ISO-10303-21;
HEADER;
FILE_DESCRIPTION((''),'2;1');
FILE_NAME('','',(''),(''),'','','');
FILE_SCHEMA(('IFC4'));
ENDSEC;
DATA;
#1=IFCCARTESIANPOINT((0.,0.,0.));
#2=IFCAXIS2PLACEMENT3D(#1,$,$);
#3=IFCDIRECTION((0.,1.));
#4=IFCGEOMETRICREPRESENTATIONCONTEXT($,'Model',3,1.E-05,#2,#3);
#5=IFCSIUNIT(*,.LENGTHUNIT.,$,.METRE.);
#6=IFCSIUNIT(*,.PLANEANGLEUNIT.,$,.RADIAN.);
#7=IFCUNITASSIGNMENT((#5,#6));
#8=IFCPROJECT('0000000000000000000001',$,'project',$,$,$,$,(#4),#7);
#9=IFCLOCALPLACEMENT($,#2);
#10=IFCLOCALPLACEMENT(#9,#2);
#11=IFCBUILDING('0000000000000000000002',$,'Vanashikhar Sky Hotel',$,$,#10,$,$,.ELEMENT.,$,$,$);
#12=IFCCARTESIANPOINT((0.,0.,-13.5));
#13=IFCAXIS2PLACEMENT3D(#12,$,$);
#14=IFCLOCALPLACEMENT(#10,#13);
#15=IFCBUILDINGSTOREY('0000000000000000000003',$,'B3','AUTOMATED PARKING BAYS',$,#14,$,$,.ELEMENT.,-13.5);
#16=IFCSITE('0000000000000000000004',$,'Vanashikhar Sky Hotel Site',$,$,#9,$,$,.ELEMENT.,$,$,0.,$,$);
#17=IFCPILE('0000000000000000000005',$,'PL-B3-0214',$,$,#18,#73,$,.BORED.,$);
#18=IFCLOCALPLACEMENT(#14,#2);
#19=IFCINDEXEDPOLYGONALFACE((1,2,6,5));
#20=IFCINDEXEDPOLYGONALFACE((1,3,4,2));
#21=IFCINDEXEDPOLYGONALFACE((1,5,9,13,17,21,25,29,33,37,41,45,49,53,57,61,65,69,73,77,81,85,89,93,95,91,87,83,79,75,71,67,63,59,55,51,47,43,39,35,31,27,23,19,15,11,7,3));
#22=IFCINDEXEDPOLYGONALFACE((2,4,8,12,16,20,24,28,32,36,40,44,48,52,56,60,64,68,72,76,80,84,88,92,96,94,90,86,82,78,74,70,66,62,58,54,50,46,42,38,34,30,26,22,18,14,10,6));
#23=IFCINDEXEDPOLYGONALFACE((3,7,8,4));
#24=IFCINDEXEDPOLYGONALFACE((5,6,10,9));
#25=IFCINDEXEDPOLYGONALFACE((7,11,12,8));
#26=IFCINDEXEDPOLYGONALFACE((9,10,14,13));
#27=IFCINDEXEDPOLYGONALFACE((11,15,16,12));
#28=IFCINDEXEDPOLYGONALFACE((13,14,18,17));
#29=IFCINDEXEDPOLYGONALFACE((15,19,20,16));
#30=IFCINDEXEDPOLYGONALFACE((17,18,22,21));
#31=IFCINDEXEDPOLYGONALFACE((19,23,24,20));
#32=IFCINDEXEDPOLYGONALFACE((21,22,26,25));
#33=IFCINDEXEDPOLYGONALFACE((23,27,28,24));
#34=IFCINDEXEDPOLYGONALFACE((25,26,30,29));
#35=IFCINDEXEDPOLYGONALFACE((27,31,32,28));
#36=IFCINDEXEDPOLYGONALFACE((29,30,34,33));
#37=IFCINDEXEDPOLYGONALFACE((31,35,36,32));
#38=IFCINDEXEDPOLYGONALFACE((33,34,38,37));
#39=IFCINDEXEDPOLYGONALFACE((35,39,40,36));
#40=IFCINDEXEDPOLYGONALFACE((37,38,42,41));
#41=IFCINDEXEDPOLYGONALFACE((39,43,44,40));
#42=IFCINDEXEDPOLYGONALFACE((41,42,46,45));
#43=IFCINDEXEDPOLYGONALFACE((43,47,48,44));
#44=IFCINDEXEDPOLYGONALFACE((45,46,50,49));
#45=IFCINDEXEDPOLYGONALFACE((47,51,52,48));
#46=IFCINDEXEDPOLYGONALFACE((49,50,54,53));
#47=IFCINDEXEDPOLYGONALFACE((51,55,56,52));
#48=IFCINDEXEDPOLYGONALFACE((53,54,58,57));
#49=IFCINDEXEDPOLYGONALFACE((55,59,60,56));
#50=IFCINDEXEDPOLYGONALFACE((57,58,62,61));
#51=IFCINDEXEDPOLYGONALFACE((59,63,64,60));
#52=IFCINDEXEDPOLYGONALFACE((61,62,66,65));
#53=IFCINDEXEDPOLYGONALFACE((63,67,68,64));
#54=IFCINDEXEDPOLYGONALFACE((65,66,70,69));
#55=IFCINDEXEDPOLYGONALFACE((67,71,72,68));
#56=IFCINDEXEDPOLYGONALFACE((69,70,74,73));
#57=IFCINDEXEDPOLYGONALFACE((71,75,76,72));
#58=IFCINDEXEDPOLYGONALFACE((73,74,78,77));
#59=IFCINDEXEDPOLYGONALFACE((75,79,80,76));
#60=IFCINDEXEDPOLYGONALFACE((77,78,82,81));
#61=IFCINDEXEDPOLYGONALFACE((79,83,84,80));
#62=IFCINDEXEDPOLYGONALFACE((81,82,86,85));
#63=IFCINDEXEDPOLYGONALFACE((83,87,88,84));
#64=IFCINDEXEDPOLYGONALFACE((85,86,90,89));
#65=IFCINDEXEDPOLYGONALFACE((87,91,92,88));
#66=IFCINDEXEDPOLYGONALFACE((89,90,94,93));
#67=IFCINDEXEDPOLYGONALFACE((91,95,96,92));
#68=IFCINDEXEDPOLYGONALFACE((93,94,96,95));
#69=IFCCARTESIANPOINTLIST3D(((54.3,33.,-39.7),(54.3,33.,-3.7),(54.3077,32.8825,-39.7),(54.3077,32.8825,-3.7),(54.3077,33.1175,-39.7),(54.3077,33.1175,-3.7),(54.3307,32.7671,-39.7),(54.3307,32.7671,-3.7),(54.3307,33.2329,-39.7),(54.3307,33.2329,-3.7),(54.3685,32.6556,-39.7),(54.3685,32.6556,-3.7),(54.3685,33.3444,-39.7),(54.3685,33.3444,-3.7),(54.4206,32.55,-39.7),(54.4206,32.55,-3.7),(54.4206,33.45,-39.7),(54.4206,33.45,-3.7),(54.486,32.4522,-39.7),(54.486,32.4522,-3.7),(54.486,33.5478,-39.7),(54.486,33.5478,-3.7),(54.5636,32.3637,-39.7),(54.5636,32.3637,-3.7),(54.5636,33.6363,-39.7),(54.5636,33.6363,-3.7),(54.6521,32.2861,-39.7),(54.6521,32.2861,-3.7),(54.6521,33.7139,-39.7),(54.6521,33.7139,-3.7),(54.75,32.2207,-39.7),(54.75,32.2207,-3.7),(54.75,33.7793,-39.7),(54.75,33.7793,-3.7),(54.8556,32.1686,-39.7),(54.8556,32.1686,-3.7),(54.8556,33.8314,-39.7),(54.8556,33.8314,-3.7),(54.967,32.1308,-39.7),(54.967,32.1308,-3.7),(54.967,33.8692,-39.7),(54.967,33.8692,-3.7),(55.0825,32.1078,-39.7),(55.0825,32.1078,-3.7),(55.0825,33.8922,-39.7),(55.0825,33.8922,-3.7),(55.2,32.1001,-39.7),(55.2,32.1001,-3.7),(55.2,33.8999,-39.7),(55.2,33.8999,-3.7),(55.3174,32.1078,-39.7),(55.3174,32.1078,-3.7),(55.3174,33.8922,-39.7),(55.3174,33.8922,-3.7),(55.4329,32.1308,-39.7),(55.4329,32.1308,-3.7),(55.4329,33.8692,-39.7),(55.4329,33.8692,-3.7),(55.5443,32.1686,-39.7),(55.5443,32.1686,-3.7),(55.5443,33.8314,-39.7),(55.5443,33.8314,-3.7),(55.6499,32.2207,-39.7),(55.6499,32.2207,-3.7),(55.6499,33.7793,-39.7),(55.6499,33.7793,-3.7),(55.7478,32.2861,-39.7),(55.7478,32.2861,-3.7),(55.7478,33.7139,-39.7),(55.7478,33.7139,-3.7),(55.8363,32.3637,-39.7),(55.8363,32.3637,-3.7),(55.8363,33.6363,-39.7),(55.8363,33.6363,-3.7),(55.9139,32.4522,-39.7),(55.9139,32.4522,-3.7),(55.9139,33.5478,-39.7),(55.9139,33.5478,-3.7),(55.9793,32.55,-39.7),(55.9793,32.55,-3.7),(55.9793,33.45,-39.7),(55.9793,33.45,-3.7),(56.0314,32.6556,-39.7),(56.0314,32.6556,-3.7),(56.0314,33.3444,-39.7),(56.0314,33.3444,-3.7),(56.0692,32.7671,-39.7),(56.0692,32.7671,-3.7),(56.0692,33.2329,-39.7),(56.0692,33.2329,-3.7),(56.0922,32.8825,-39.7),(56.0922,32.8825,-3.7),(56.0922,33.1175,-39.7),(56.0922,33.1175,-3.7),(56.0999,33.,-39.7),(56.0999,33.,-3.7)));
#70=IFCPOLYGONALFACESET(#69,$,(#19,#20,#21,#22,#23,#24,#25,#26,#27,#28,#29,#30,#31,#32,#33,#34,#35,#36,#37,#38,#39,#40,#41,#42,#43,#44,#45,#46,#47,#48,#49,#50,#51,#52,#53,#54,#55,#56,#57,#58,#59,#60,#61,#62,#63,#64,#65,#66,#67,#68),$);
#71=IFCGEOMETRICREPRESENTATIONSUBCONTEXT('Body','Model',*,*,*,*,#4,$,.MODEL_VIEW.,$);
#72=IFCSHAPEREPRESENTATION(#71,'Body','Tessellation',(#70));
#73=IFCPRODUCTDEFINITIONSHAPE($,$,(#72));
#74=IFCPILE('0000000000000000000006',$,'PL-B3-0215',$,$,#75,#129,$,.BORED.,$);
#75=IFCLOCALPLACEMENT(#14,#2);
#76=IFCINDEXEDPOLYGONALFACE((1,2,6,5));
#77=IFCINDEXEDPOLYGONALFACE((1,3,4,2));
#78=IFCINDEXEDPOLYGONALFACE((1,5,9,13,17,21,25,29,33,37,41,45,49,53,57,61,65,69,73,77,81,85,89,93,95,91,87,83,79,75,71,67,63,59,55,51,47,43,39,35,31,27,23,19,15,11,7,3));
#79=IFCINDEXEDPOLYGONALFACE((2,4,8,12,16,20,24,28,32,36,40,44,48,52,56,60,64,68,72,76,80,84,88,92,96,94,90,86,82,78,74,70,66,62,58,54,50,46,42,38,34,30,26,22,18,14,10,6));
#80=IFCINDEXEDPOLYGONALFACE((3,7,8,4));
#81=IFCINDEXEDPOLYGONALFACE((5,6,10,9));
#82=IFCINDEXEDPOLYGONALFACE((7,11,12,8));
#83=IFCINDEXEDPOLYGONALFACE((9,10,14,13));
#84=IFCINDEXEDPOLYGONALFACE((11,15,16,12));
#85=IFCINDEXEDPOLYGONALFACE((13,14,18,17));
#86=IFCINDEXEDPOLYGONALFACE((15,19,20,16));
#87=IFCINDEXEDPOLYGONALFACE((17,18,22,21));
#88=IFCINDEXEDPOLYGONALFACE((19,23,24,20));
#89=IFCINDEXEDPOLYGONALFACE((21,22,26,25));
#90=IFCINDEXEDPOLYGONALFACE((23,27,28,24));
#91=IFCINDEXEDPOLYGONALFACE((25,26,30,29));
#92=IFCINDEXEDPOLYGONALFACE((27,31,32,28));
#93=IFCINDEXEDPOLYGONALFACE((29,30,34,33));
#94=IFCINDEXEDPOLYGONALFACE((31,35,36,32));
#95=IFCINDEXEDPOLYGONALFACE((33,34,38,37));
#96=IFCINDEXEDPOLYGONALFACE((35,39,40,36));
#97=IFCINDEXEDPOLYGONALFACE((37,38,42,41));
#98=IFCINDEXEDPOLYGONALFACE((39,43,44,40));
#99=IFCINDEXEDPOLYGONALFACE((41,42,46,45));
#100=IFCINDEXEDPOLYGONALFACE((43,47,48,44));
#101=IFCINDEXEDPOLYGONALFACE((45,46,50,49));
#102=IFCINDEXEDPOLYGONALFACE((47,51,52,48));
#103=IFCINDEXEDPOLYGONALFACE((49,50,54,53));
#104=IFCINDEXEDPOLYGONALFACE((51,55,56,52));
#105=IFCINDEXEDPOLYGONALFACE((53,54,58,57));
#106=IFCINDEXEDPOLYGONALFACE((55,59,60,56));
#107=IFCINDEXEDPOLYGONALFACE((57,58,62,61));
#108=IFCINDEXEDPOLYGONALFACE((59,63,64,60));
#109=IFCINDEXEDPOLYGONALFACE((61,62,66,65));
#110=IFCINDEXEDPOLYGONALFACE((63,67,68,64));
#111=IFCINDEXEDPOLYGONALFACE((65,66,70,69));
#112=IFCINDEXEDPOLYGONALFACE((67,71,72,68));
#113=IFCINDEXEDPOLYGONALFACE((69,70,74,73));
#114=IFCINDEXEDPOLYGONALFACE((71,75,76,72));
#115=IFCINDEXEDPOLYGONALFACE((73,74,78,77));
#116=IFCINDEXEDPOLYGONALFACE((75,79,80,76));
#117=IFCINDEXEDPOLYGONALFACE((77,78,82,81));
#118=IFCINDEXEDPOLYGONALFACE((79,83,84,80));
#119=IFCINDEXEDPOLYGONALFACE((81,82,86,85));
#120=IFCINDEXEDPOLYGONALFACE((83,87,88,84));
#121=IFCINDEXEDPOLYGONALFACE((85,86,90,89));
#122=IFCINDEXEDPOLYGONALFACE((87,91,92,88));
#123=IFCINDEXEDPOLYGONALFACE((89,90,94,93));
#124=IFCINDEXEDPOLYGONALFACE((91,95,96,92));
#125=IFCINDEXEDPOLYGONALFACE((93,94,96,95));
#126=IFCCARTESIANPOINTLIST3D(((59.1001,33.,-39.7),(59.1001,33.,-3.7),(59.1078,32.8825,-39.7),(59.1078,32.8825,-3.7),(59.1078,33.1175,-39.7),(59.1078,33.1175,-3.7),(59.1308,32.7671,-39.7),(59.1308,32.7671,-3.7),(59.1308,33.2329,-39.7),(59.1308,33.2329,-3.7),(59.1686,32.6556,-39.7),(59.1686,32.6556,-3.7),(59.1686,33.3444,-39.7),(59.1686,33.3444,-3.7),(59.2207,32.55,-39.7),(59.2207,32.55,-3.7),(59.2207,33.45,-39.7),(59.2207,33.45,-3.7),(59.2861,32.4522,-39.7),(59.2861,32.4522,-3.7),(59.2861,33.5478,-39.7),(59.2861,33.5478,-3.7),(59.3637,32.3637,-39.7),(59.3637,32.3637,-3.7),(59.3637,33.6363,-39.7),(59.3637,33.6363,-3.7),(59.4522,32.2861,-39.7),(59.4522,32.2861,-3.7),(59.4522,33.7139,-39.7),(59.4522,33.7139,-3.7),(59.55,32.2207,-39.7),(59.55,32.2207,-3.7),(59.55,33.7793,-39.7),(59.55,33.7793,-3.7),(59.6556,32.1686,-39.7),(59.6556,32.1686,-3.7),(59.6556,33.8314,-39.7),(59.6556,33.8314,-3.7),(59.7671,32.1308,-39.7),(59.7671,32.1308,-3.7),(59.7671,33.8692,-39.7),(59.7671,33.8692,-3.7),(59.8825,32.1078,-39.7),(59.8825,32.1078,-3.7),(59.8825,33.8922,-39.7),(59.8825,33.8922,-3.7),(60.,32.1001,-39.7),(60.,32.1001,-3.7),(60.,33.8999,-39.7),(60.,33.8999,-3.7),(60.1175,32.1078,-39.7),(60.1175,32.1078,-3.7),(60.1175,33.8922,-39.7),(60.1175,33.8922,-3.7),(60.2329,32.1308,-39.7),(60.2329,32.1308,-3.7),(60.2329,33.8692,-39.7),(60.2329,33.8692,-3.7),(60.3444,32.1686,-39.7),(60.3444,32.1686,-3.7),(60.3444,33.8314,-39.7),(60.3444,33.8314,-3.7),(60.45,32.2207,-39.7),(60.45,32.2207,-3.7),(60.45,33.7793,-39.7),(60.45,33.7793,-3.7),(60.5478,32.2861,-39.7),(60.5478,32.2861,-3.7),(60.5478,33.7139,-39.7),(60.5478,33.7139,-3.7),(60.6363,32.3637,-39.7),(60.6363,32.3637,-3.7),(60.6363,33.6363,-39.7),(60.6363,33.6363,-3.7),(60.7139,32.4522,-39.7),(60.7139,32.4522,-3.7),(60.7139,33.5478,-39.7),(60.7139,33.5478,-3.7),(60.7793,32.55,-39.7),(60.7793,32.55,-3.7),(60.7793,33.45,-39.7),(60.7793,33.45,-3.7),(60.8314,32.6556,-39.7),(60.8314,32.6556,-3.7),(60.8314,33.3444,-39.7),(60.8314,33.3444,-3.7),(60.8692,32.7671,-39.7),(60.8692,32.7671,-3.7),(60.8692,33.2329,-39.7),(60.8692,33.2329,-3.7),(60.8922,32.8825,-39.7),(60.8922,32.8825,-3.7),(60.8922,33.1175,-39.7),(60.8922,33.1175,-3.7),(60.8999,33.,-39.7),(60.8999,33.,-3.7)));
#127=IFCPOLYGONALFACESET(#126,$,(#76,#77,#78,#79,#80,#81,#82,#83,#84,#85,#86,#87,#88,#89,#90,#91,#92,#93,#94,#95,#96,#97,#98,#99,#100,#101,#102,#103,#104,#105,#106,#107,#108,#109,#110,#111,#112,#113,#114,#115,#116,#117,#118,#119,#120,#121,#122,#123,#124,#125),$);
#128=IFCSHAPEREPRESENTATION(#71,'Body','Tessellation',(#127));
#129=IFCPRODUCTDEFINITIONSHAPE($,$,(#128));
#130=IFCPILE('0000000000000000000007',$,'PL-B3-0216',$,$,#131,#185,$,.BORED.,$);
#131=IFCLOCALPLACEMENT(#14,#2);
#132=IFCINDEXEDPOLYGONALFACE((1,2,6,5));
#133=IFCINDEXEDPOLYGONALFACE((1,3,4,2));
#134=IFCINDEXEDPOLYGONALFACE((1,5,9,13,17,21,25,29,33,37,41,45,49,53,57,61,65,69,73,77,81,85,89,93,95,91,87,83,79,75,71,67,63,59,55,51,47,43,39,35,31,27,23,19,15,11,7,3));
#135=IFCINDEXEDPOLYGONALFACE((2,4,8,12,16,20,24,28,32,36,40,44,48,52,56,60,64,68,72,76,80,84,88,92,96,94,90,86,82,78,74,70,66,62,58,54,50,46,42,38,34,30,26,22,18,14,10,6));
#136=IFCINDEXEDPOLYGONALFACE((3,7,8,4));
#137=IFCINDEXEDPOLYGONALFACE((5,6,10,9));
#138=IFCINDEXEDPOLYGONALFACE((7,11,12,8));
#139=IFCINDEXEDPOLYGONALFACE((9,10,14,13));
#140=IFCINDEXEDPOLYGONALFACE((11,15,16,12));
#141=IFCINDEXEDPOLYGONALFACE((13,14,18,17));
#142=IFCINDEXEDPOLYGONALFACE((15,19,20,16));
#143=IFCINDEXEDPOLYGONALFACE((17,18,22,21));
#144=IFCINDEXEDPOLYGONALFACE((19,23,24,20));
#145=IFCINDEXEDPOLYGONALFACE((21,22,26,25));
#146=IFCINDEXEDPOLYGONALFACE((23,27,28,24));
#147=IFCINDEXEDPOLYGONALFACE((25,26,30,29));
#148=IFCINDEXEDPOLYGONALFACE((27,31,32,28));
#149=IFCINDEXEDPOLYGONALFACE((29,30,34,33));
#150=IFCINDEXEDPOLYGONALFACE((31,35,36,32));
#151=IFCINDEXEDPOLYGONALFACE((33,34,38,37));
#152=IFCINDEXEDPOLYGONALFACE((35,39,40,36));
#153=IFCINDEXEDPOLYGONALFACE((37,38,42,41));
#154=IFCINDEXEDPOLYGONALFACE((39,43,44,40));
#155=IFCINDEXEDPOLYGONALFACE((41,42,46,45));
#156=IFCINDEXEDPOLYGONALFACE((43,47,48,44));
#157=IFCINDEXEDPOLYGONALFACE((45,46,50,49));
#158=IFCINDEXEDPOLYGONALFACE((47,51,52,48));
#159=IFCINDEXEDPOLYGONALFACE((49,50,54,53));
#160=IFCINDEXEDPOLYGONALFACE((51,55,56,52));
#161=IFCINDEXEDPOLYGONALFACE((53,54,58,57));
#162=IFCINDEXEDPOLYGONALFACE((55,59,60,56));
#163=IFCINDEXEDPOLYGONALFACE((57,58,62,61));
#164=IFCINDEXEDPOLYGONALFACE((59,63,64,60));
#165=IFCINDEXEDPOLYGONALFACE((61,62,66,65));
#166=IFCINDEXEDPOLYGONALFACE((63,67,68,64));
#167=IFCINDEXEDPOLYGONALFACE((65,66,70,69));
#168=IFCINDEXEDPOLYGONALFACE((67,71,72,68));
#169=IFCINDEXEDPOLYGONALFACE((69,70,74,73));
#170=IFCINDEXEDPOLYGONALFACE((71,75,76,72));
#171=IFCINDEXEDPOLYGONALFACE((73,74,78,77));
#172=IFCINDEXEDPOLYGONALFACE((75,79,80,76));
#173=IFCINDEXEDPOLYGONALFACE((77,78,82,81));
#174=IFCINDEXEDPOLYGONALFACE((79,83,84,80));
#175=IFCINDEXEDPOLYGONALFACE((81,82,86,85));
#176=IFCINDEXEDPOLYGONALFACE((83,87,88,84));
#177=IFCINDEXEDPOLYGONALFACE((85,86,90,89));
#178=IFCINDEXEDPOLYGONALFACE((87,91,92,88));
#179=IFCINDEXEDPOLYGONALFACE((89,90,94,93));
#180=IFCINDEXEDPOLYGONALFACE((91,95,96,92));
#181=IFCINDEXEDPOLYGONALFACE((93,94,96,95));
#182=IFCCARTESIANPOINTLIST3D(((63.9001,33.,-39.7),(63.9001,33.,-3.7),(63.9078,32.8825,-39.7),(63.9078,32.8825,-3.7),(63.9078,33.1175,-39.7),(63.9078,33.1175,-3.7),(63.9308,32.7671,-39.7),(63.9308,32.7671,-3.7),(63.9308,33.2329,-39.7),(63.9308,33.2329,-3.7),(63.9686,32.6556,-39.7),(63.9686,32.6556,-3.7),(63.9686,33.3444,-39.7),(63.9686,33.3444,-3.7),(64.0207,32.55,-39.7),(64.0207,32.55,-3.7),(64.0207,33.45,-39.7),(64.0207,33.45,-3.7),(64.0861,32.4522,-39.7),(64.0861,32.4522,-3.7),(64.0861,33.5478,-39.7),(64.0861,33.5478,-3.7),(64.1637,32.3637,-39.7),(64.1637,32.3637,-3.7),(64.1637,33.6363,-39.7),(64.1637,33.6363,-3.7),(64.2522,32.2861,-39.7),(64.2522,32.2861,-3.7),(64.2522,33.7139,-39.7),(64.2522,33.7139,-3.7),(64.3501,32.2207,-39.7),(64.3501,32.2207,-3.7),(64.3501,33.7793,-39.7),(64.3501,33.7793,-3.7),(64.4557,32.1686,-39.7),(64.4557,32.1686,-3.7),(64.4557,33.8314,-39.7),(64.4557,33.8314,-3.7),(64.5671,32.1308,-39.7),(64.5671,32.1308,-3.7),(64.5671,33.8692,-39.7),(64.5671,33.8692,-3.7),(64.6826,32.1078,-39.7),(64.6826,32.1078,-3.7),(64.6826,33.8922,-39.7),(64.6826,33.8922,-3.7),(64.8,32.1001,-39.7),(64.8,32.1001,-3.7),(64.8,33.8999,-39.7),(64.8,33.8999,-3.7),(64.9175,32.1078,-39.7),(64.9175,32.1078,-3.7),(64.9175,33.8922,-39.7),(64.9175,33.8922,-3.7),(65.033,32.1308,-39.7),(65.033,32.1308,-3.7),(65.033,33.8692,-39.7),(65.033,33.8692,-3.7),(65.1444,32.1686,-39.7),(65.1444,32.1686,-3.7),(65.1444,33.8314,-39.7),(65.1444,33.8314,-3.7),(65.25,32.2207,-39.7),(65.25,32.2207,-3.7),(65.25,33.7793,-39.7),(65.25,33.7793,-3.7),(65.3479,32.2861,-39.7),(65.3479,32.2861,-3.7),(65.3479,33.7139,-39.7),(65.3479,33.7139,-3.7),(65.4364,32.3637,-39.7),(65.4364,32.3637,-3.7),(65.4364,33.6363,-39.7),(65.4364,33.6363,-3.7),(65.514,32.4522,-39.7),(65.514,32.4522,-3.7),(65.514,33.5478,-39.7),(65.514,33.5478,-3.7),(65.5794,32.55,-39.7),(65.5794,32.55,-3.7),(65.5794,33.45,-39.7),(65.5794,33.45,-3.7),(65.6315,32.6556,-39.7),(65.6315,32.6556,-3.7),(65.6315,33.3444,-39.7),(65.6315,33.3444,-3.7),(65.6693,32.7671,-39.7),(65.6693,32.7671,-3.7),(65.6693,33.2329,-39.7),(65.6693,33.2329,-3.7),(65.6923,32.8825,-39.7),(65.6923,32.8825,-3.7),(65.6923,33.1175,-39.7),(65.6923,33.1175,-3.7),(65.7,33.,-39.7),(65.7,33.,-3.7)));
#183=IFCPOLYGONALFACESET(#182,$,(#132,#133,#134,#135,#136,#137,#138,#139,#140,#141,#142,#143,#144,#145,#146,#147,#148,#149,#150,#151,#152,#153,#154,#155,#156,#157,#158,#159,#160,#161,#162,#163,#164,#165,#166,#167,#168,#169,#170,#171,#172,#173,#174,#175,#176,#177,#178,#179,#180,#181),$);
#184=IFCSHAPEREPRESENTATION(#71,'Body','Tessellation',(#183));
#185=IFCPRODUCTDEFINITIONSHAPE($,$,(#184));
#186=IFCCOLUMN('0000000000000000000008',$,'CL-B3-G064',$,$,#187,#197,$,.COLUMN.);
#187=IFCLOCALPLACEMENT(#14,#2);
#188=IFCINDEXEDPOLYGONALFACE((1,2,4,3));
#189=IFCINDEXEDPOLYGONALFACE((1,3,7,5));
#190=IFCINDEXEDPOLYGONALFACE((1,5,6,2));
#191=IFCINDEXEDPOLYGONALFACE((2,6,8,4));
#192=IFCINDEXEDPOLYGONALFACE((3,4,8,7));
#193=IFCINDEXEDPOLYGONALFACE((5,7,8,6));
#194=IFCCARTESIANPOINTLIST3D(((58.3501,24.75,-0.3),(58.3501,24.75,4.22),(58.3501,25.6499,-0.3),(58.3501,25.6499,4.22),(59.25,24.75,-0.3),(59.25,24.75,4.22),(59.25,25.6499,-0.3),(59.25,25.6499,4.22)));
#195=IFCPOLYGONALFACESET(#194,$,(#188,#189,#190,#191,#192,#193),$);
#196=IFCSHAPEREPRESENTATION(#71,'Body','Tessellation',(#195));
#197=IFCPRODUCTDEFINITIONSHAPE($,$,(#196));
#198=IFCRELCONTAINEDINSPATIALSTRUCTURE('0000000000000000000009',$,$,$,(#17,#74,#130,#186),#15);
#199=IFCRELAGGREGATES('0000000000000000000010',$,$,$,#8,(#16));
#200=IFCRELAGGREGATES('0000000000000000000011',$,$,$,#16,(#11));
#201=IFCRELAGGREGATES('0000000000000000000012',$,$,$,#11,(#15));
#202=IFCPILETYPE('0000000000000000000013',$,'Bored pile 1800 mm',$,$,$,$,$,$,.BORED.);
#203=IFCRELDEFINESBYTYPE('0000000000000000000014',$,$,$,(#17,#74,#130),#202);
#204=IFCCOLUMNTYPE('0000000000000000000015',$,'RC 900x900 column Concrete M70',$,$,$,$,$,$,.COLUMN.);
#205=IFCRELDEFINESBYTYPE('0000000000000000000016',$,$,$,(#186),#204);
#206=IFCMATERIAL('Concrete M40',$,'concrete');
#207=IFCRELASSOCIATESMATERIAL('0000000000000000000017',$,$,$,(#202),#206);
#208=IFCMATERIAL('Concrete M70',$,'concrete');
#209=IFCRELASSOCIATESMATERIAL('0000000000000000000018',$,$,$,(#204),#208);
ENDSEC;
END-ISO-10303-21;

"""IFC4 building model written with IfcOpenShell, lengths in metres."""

from ifc_helpers import new_model, si_unit, direction, frame, origin, origin_2d, place, context, subcontext, project, spatial, rectangle, circle, extrude, source, transform, mapped, material, material_profile, profile_set, type_object, element, save


model = new_model("IFC4")

# Units and contexts
model_context = context("Model", 3, precision=1e-05, world=origin(), true_north=direction((0.0, 1.0)))
body_context = subcontext(model_context, "Body", "Model", "MODEL_VIEW")
ifc_project = project(units=[si_unit("LENGTHUNIT", "METRE"), si_unit("PLANEANGLEUNIT", "RADIAN")], contexts=[model_context])

# Site, building, storey
site_placement = place(None, origin())
site = spatial("IfcSite", under=ifc_project, at=site_placement, Name="Vanashikhar Sky Hotel Site", CompositionType="ELEMENT", RefElevation=0.0)
building_placement = place(site_placement, origin())
building = spatial("IfcBuilding", under=site, at=building_placement, Name="Vanashikhar Sky Hotel", CompositionType="ELEMENT")
storey_placement = place(building_placement, frame((0.0, 0.0, -13.5)))
storey = spatial("IfcBuildingStorey", under=building, at=storey_placement, Name="B3", Description="AUTOMATED PARKING BAYS", CompositionType="ELEMENT", Elevation=-13.5)

# Piles
ifc_material_1 = material(Name="Concrete M40", Category="concrete")
pile_type = type_object("IfcPileType", Name="Bored pile 1800 mm", PredefinedType="BORED", material=ifc_material_1)
shared_shape_1 = source(origin(), body_context, "Body", "SweptSolid", [
    extrude(circle(Radius=0.8999, at=origin_2d()), origin(), (0.0, 0.0, 1.0), 36.0),
])
for number, where, z_axis, x_axis, name in (
    (1, (55.2, 33.0, -3.7), (0.0, 0.0, -1.0), (1.0, 0.0, 0.0), "PL-B3-0214"),
    (2, (60.0, 33.0, -3.7), (0.0, 0.0, -1.0), (1.0, 0.0, 0.0), "PL-B3-0215"),
    (3, (64.8, 33.0, -3.7), (0.0, 0.0, -1.0), (1.0, 0.0, 0.0), "PL-B3-0216"),
):
    element("IfcPile", number, at=place(storey_placement, frame(where, z_axis=z_axis, x_axis=x_axis)), inside=storey, type_object=pile_type, Name=name, PredefinedType="BORED", context=body_context, shape_type="MappedRepresentation", body=[
        mapped(shared_shape_1, transform((0.0, 0.0, 0.0), scale=1.0)),
    ])

# Column
ifc_material_2 = material(Name="Concrete M70", Category="concrete")
ifc_material_profile = material_profile(ifc_material_2, rectangle(XDim=0.8999, YDim=0.8999, at=origin_2d()))
ifc_profile_set = profile_set([ifc_material_profile], Name="RC 900x900 column Concrete M70")
column_type = type_object("IfcColumnType", Name="RC 900x900 column Concrete M70", PredefinedType="COLUMN", material=ifc_profile_set)
shared_shape_2 = source(origin(), body_context, "Body", "SweptSolid", [
    extrude(rectangle(XDim=0.8999, YDim=0.8999, at=origin_2d()), origin(), (0.0, 0.0, 1.0), 4.52),
])
column_placement = place(storey_placement, frame((58.8, 25.2, -0.3), z_axis=(0.0, 0.0, 1.0), x_axis=(1.0, 0.0, 0.0)))
element("IfcColumn", 4, at=column_placement, inside=storey, type_object=column_type, Name="CL-B3-G064", PredefinedType="COLUMN", context=body_context, shape_type="MappedRepresentation", body=[
    mapped(shared_shape_2, transform((0.0, 0.0, 0.0), scale=1.0)),
])

save(model, "model.ifc")
